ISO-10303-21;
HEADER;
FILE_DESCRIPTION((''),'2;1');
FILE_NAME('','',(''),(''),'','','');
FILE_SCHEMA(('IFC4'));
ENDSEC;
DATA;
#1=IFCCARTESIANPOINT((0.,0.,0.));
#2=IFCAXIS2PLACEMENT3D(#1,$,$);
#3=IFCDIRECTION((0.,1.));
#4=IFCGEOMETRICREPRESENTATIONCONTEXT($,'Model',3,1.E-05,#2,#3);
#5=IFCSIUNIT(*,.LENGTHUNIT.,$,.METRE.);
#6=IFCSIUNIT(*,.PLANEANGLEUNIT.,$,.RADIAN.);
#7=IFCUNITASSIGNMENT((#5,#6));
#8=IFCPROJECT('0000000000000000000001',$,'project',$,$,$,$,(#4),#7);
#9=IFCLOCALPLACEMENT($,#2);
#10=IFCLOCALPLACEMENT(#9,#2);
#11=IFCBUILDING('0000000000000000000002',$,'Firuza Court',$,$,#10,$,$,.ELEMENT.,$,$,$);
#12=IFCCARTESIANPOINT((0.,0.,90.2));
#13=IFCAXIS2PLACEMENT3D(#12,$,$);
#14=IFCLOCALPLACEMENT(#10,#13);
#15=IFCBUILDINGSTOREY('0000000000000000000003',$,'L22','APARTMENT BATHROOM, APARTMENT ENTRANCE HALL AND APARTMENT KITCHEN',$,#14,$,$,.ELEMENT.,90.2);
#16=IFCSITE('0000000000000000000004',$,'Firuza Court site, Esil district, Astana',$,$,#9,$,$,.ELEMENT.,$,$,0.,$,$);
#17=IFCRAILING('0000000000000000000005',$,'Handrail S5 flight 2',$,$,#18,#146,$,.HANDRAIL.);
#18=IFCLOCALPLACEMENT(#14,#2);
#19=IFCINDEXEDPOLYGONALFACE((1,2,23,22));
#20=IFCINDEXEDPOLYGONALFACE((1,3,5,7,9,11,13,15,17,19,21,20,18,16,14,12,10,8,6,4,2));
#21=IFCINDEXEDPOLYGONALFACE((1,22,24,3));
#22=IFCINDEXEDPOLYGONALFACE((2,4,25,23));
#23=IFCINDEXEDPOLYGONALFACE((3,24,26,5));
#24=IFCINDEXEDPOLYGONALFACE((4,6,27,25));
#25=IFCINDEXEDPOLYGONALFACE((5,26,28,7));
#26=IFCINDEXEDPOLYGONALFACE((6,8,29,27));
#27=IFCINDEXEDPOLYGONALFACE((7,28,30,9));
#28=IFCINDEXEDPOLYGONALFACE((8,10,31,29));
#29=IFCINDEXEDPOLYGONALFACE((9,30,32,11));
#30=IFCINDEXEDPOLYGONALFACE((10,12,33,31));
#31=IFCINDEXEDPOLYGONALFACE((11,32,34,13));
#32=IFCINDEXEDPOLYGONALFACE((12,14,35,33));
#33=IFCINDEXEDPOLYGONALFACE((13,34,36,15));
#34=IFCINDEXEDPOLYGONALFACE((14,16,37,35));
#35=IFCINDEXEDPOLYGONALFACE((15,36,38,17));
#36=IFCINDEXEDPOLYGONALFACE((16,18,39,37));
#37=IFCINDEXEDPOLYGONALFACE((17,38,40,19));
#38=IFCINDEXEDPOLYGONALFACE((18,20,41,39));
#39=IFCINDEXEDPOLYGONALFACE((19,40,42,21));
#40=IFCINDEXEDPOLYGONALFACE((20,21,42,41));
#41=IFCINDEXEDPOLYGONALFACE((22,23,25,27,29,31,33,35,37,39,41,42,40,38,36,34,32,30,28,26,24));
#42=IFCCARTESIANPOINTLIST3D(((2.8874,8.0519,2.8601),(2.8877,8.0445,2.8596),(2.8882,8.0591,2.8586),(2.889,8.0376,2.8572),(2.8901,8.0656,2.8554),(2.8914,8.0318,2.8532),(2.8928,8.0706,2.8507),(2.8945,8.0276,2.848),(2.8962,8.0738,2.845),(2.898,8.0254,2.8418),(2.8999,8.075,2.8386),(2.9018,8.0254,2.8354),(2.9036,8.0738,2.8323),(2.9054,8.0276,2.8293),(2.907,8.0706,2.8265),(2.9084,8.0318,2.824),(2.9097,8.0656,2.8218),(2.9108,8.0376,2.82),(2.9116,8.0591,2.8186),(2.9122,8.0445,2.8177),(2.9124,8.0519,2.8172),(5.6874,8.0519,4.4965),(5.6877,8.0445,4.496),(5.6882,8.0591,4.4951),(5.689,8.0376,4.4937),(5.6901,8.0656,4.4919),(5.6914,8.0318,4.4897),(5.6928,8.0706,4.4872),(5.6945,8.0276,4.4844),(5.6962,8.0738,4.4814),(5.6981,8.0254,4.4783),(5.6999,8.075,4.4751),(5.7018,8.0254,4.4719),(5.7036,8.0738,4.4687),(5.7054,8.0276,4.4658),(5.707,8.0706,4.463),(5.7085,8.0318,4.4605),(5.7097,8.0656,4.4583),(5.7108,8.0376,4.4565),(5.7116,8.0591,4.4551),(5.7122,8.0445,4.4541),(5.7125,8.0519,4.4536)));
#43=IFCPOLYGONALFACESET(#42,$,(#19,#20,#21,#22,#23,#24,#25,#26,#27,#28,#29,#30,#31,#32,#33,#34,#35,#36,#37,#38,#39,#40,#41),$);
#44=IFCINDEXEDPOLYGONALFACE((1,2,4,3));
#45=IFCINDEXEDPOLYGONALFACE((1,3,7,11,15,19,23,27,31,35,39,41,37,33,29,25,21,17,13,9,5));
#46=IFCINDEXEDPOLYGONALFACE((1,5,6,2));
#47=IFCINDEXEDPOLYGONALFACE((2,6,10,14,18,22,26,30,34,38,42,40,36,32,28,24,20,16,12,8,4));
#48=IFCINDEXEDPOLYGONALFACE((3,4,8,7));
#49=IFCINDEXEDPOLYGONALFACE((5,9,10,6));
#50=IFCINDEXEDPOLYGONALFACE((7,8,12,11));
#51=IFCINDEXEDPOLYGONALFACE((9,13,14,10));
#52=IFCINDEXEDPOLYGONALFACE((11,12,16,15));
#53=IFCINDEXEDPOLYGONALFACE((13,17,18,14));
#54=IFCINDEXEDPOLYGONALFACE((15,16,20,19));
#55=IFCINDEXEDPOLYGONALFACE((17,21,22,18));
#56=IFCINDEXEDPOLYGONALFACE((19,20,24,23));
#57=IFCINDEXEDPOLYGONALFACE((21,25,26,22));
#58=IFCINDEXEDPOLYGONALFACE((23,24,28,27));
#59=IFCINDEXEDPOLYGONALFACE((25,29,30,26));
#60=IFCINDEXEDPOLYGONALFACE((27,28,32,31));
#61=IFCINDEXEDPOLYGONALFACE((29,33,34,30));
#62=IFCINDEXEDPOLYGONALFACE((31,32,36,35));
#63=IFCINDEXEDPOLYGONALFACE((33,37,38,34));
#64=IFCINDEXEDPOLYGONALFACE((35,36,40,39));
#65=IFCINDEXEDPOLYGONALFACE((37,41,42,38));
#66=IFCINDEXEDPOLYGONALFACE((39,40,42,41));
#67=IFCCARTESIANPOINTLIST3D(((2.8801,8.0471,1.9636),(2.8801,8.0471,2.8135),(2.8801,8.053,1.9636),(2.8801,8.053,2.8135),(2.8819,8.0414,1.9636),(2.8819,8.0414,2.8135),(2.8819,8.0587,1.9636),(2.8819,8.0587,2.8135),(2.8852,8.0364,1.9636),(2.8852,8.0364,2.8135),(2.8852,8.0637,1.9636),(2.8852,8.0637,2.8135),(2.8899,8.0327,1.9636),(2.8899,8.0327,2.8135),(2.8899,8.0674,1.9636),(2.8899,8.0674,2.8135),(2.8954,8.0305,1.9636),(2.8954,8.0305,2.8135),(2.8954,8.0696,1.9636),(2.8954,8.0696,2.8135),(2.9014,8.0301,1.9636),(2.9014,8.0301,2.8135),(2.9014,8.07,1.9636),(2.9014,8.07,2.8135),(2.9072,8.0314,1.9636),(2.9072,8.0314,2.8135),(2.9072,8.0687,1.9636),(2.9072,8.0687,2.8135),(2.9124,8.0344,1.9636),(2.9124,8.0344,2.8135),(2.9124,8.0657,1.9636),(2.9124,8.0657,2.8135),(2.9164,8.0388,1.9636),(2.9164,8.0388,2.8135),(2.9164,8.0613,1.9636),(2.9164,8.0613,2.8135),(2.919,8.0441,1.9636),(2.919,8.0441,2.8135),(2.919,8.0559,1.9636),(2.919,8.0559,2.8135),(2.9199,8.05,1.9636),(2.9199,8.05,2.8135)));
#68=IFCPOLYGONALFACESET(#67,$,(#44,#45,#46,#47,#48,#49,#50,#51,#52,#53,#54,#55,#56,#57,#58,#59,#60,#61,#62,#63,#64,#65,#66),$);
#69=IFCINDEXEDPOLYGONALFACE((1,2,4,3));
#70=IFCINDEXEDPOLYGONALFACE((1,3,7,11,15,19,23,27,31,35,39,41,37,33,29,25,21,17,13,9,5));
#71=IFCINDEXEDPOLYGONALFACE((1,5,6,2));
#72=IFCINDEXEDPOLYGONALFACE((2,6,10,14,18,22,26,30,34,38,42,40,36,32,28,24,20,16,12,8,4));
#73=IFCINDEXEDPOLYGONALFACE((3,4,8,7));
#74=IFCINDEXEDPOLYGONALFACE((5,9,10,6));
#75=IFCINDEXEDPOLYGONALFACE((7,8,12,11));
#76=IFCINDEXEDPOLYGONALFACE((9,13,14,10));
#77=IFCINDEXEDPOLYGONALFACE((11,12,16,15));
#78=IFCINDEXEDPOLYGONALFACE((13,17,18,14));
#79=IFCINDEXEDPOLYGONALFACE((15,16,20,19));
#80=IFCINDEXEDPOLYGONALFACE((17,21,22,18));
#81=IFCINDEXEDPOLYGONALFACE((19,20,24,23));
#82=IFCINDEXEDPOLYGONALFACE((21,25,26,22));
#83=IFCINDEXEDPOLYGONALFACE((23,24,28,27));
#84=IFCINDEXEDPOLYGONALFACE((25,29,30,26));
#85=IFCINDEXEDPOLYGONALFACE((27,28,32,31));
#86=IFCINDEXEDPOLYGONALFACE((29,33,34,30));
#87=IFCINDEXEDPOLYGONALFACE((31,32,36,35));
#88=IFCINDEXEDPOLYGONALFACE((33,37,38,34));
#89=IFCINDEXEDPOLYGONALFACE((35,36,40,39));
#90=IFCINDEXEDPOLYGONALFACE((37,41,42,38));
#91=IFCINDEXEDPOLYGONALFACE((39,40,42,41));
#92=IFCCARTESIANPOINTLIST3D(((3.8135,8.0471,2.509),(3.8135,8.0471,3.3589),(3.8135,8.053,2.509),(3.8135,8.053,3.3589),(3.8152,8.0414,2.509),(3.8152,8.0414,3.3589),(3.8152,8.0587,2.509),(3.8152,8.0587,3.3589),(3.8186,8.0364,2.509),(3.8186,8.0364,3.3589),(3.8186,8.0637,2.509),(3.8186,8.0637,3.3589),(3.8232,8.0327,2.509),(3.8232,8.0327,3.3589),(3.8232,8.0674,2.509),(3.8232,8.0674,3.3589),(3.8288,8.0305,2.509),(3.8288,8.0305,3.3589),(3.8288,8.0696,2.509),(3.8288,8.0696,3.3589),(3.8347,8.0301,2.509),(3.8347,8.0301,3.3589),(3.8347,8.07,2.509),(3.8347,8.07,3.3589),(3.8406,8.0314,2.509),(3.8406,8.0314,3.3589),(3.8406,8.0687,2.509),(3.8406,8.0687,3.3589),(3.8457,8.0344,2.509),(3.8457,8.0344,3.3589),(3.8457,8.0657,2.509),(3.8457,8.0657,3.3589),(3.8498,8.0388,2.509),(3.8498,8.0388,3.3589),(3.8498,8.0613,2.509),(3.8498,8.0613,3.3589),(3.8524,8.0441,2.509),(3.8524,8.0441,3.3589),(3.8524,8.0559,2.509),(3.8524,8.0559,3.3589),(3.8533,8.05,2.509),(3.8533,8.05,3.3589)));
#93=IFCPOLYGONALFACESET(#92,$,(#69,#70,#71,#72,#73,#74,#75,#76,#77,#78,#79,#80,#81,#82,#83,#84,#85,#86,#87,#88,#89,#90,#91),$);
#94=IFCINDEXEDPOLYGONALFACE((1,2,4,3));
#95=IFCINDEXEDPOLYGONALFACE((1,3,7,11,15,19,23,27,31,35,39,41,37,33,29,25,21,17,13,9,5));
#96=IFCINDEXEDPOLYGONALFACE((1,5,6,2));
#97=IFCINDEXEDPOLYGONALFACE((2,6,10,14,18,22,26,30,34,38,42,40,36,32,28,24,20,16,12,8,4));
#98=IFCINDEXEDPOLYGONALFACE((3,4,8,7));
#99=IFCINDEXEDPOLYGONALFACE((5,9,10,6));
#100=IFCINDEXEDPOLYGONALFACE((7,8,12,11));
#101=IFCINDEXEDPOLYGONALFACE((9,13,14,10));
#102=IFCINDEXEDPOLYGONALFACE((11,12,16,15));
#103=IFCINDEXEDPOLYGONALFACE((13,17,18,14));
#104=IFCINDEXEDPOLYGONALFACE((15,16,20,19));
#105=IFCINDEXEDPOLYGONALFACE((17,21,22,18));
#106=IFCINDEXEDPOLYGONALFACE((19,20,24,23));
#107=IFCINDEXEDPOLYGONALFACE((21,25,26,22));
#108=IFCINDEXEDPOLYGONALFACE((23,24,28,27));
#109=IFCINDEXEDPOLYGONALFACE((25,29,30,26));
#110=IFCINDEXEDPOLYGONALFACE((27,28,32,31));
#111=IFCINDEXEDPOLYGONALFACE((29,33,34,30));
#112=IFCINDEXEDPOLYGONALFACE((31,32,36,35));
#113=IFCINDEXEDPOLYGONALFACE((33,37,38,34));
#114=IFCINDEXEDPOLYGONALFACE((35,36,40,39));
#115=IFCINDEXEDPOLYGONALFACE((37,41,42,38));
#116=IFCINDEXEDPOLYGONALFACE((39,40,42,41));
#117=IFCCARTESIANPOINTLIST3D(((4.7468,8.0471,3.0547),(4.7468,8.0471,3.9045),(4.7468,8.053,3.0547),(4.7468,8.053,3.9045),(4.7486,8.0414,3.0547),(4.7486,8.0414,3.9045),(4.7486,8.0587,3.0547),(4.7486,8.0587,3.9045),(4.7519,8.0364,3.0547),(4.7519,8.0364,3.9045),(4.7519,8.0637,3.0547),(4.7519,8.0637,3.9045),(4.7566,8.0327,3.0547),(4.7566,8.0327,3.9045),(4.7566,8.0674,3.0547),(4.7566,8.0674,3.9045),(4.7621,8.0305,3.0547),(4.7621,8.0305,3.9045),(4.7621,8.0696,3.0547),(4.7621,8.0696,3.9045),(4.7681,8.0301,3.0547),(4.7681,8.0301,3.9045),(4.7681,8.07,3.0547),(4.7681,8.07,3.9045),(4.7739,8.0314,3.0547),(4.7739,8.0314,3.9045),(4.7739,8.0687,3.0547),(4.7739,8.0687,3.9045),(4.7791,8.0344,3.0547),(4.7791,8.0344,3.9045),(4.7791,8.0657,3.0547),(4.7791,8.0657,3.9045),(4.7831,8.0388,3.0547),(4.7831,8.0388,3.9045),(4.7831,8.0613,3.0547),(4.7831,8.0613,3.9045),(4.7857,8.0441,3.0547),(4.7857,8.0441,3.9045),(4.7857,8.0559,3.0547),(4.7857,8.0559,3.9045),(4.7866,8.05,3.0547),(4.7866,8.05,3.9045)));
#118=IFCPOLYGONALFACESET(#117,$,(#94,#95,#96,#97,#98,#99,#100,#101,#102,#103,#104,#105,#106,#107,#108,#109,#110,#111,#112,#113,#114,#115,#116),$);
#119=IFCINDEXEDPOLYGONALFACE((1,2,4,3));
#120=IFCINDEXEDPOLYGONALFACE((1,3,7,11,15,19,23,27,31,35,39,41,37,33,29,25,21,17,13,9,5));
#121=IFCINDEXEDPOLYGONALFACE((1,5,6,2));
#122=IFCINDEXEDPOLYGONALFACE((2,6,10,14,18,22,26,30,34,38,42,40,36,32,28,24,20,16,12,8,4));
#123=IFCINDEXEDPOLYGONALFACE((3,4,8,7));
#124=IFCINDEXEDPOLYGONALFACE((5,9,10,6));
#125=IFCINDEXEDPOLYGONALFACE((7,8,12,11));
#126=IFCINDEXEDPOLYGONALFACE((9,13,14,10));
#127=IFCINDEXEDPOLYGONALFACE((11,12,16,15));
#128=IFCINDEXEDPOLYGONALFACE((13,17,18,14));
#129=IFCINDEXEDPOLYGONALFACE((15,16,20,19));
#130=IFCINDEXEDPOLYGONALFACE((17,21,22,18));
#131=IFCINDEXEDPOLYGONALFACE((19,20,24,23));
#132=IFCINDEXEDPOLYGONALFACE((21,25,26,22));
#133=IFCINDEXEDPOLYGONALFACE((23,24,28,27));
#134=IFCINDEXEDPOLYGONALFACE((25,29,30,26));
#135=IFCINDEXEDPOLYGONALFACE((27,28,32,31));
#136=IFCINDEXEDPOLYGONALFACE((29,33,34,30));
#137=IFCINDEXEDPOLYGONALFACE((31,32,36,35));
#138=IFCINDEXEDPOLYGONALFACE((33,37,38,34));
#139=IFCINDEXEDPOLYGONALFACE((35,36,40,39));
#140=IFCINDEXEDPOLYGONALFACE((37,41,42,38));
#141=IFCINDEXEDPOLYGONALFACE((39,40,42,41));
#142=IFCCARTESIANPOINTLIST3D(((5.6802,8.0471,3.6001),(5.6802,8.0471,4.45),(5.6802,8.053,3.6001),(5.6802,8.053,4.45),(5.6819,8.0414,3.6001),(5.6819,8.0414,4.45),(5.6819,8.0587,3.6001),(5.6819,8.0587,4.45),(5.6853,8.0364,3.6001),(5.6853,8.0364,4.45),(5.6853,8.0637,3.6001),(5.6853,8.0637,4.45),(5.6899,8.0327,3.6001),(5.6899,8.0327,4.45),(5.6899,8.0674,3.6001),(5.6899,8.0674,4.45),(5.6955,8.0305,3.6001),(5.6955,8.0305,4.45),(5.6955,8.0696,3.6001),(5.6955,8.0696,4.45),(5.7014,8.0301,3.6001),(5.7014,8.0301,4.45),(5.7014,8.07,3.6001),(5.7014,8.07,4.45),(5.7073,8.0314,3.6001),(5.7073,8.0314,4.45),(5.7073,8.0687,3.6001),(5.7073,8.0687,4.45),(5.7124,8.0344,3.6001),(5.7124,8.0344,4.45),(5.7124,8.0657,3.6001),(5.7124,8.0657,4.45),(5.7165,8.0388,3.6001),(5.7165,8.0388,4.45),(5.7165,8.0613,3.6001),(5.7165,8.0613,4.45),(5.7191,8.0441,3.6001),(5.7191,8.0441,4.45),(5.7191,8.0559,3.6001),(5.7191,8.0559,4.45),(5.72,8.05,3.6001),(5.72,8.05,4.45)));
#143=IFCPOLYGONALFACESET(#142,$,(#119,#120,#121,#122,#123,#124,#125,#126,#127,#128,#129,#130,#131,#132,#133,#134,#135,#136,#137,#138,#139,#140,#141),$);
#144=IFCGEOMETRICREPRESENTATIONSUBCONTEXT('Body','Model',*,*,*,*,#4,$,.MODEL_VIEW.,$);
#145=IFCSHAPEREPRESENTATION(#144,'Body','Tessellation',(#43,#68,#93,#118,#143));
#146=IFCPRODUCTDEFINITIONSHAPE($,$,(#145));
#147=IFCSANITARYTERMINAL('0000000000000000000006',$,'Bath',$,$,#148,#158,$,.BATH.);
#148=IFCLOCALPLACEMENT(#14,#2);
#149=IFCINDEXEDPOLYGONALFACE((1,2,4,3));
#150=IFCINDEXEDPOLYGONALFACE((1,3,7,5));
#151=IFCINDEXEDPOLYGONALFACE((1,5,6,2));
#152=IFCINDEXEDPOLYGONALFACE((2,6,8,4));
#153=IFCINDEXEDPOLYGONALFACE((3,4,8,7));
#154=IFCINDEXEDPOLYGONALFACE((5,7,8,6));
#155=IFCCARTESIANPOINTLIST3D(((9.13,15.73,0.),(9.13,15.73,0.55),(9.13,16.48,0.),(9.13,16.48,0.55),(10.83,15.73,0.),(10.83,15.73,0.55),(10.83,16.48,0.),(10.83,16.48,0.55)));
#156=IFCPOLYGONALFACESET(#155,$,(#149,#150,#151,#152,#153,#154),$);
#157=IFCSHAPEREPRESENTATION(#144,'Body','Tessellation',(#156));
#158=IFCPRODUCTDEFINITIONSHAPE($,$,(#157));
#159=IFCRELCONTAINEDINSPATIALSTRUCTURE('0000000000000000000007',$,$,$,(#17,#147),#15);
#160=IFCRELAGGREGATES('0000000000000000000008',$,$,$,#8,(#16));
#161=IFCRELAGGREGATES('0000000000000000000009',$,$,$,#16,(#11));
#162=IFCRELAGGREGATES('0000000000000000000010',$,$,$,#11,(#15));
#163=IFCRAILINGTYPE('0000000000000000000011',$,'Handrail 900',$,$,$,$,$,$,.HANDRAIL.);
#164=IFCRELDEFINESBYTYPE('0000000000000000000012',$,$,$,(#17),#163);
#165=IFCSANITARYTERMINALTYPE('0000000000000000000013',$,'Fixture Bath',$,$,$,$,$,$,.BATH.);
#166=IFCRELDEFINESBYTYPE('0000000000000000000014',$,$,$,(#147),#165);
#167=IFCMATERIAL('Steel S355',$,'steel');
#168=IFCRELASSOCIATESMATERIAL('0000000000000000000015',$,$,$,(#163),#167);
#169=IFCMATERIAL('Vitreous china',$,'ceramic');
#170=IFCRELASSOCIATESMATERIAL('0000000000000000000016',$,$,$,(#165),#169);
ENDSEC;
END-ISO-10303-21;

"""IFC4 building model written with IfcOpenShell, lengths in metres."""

from ifc_helpers import new_model, si_unit, direction, frame, origin, origin_2d, place, context, subcontext, project, spatial, rectangle, circle, extrude, material, type_object, element, save


model = new_model("IFC4")

# Units and contexts
model_context = context("Model", 3, precision=1e-05, world=origin(), true_north=direction((0.0, 1.0)))
body_context = subcontext(model_context, "Body", "Model", "MODEL_VIEW")
ifc_project = project(units=[si_unit("LENGTHUNIT", "METRE"), si_unit("PLANEANGLEUNIT", "RADIAN")], contexts=[model_context])

# Site, building, storey
site_placement = place(None, origin())
site = spatial("IfcSite", under=ifc_project, at=site_placement, Name="Firuza Court site, Esil district, Astana", CompositionType="ELEMENT", RefElevation=0.0)
building_placement = place(site_placement, origin())
building = spatial("IfcBuilding", under=site, at=building_placement, Name="Firuza Court", CompositionType="ELEMENT")
storey_placement = place(building_placement, frame((0.0, 0.0, 90.2)))
storey = spatial("IfcBuildingStorey", under=building, at=storey_placement, Name="L22", Description="APARTMENT BATHROOM, APARTMENT ENTRANCE HALL AND APARTMENT KITCHEN", CompositionType="ELEMENT", Elevation=90.2)

# Railing
ifc_material_1 = material(Name="Steel S355", Category="steel")
railing_type_1 = type_object("IfcRailingType", Name="Handrail 900", PredefinedType="HANDRAIL", material=ifc_material_1)
railing_1_placement = place(storey_placement, frame((2.8999, 8.05, 1.9636)))
element("IfcRailing", 1, at=railing_1_placement, inside=storey, type_object=railing_type_1, Name="Handrail S5 flight 2", PredefinedType="HANDRAIL", context=body_context, shape_type="SweptSolid", body=[
    extrude(circle(Radius=0.0249, at=origin_2d()), frame((0.0, 0.0, 0.875), z_axis=(0.863361, 0.0, 0.504587), x_axis=(0.0, 1.0, 0.0)), (0.0, 0.0, 1.0), 3.2432),
    extrude(circle(Radius=0.02, at=origin_2d()), origin(), (0.0, 0.0, 1.0), 0.8499),
    extrude(circle(Radius=0.02, at=origin_2d()), frame((0.9333, 0.0, 0.5454)), (0.0, 0.0, 1.0), 0.8499),
    extrude(circle(Radius=0.02, at=origin_2d()), frame((1.8667, 0.0, 1.0911)), (0.0, 0.0, 1.0), 0.8499),
    extrude(circle(Radius=0.02, at=origin_2d()), frame((2.8, 0.0, 1.6365)), (0.0, 0.0, 1.0), 0.8499),
])

# Sanitary terminal
ifc_material_2 = material(Name="Vitreous china", Category="ceramic")
sanitary_terminal_type = type_object("IfcSanitaryTerminalType", Name="Fixture Bath", PredefinedType="BATH", material=ifc_material_2)
sanitary_terminal_placement = place(storey_placement, frame((9.98, 16.105, 0.0), z_axis=(0.0, 0.0, 1.0), x_axis=(1.0, 0.0, 0.0)))
element("IfcSanitaryTerminal", 2, at=sanitary_terminal_placement, inside=storey, type_object=sanitary_terminal_type, Name="Bath", PredefinedType="BATH", context=body_context, shape_type="SweptSolid", body=[
    extrude(rectangle(XDim=1.7, YDim=0.75, at=origin_2d()), origin(), (0.0, 0.0, 1.0), 0.55),
])

save(model, "model.ifc")
